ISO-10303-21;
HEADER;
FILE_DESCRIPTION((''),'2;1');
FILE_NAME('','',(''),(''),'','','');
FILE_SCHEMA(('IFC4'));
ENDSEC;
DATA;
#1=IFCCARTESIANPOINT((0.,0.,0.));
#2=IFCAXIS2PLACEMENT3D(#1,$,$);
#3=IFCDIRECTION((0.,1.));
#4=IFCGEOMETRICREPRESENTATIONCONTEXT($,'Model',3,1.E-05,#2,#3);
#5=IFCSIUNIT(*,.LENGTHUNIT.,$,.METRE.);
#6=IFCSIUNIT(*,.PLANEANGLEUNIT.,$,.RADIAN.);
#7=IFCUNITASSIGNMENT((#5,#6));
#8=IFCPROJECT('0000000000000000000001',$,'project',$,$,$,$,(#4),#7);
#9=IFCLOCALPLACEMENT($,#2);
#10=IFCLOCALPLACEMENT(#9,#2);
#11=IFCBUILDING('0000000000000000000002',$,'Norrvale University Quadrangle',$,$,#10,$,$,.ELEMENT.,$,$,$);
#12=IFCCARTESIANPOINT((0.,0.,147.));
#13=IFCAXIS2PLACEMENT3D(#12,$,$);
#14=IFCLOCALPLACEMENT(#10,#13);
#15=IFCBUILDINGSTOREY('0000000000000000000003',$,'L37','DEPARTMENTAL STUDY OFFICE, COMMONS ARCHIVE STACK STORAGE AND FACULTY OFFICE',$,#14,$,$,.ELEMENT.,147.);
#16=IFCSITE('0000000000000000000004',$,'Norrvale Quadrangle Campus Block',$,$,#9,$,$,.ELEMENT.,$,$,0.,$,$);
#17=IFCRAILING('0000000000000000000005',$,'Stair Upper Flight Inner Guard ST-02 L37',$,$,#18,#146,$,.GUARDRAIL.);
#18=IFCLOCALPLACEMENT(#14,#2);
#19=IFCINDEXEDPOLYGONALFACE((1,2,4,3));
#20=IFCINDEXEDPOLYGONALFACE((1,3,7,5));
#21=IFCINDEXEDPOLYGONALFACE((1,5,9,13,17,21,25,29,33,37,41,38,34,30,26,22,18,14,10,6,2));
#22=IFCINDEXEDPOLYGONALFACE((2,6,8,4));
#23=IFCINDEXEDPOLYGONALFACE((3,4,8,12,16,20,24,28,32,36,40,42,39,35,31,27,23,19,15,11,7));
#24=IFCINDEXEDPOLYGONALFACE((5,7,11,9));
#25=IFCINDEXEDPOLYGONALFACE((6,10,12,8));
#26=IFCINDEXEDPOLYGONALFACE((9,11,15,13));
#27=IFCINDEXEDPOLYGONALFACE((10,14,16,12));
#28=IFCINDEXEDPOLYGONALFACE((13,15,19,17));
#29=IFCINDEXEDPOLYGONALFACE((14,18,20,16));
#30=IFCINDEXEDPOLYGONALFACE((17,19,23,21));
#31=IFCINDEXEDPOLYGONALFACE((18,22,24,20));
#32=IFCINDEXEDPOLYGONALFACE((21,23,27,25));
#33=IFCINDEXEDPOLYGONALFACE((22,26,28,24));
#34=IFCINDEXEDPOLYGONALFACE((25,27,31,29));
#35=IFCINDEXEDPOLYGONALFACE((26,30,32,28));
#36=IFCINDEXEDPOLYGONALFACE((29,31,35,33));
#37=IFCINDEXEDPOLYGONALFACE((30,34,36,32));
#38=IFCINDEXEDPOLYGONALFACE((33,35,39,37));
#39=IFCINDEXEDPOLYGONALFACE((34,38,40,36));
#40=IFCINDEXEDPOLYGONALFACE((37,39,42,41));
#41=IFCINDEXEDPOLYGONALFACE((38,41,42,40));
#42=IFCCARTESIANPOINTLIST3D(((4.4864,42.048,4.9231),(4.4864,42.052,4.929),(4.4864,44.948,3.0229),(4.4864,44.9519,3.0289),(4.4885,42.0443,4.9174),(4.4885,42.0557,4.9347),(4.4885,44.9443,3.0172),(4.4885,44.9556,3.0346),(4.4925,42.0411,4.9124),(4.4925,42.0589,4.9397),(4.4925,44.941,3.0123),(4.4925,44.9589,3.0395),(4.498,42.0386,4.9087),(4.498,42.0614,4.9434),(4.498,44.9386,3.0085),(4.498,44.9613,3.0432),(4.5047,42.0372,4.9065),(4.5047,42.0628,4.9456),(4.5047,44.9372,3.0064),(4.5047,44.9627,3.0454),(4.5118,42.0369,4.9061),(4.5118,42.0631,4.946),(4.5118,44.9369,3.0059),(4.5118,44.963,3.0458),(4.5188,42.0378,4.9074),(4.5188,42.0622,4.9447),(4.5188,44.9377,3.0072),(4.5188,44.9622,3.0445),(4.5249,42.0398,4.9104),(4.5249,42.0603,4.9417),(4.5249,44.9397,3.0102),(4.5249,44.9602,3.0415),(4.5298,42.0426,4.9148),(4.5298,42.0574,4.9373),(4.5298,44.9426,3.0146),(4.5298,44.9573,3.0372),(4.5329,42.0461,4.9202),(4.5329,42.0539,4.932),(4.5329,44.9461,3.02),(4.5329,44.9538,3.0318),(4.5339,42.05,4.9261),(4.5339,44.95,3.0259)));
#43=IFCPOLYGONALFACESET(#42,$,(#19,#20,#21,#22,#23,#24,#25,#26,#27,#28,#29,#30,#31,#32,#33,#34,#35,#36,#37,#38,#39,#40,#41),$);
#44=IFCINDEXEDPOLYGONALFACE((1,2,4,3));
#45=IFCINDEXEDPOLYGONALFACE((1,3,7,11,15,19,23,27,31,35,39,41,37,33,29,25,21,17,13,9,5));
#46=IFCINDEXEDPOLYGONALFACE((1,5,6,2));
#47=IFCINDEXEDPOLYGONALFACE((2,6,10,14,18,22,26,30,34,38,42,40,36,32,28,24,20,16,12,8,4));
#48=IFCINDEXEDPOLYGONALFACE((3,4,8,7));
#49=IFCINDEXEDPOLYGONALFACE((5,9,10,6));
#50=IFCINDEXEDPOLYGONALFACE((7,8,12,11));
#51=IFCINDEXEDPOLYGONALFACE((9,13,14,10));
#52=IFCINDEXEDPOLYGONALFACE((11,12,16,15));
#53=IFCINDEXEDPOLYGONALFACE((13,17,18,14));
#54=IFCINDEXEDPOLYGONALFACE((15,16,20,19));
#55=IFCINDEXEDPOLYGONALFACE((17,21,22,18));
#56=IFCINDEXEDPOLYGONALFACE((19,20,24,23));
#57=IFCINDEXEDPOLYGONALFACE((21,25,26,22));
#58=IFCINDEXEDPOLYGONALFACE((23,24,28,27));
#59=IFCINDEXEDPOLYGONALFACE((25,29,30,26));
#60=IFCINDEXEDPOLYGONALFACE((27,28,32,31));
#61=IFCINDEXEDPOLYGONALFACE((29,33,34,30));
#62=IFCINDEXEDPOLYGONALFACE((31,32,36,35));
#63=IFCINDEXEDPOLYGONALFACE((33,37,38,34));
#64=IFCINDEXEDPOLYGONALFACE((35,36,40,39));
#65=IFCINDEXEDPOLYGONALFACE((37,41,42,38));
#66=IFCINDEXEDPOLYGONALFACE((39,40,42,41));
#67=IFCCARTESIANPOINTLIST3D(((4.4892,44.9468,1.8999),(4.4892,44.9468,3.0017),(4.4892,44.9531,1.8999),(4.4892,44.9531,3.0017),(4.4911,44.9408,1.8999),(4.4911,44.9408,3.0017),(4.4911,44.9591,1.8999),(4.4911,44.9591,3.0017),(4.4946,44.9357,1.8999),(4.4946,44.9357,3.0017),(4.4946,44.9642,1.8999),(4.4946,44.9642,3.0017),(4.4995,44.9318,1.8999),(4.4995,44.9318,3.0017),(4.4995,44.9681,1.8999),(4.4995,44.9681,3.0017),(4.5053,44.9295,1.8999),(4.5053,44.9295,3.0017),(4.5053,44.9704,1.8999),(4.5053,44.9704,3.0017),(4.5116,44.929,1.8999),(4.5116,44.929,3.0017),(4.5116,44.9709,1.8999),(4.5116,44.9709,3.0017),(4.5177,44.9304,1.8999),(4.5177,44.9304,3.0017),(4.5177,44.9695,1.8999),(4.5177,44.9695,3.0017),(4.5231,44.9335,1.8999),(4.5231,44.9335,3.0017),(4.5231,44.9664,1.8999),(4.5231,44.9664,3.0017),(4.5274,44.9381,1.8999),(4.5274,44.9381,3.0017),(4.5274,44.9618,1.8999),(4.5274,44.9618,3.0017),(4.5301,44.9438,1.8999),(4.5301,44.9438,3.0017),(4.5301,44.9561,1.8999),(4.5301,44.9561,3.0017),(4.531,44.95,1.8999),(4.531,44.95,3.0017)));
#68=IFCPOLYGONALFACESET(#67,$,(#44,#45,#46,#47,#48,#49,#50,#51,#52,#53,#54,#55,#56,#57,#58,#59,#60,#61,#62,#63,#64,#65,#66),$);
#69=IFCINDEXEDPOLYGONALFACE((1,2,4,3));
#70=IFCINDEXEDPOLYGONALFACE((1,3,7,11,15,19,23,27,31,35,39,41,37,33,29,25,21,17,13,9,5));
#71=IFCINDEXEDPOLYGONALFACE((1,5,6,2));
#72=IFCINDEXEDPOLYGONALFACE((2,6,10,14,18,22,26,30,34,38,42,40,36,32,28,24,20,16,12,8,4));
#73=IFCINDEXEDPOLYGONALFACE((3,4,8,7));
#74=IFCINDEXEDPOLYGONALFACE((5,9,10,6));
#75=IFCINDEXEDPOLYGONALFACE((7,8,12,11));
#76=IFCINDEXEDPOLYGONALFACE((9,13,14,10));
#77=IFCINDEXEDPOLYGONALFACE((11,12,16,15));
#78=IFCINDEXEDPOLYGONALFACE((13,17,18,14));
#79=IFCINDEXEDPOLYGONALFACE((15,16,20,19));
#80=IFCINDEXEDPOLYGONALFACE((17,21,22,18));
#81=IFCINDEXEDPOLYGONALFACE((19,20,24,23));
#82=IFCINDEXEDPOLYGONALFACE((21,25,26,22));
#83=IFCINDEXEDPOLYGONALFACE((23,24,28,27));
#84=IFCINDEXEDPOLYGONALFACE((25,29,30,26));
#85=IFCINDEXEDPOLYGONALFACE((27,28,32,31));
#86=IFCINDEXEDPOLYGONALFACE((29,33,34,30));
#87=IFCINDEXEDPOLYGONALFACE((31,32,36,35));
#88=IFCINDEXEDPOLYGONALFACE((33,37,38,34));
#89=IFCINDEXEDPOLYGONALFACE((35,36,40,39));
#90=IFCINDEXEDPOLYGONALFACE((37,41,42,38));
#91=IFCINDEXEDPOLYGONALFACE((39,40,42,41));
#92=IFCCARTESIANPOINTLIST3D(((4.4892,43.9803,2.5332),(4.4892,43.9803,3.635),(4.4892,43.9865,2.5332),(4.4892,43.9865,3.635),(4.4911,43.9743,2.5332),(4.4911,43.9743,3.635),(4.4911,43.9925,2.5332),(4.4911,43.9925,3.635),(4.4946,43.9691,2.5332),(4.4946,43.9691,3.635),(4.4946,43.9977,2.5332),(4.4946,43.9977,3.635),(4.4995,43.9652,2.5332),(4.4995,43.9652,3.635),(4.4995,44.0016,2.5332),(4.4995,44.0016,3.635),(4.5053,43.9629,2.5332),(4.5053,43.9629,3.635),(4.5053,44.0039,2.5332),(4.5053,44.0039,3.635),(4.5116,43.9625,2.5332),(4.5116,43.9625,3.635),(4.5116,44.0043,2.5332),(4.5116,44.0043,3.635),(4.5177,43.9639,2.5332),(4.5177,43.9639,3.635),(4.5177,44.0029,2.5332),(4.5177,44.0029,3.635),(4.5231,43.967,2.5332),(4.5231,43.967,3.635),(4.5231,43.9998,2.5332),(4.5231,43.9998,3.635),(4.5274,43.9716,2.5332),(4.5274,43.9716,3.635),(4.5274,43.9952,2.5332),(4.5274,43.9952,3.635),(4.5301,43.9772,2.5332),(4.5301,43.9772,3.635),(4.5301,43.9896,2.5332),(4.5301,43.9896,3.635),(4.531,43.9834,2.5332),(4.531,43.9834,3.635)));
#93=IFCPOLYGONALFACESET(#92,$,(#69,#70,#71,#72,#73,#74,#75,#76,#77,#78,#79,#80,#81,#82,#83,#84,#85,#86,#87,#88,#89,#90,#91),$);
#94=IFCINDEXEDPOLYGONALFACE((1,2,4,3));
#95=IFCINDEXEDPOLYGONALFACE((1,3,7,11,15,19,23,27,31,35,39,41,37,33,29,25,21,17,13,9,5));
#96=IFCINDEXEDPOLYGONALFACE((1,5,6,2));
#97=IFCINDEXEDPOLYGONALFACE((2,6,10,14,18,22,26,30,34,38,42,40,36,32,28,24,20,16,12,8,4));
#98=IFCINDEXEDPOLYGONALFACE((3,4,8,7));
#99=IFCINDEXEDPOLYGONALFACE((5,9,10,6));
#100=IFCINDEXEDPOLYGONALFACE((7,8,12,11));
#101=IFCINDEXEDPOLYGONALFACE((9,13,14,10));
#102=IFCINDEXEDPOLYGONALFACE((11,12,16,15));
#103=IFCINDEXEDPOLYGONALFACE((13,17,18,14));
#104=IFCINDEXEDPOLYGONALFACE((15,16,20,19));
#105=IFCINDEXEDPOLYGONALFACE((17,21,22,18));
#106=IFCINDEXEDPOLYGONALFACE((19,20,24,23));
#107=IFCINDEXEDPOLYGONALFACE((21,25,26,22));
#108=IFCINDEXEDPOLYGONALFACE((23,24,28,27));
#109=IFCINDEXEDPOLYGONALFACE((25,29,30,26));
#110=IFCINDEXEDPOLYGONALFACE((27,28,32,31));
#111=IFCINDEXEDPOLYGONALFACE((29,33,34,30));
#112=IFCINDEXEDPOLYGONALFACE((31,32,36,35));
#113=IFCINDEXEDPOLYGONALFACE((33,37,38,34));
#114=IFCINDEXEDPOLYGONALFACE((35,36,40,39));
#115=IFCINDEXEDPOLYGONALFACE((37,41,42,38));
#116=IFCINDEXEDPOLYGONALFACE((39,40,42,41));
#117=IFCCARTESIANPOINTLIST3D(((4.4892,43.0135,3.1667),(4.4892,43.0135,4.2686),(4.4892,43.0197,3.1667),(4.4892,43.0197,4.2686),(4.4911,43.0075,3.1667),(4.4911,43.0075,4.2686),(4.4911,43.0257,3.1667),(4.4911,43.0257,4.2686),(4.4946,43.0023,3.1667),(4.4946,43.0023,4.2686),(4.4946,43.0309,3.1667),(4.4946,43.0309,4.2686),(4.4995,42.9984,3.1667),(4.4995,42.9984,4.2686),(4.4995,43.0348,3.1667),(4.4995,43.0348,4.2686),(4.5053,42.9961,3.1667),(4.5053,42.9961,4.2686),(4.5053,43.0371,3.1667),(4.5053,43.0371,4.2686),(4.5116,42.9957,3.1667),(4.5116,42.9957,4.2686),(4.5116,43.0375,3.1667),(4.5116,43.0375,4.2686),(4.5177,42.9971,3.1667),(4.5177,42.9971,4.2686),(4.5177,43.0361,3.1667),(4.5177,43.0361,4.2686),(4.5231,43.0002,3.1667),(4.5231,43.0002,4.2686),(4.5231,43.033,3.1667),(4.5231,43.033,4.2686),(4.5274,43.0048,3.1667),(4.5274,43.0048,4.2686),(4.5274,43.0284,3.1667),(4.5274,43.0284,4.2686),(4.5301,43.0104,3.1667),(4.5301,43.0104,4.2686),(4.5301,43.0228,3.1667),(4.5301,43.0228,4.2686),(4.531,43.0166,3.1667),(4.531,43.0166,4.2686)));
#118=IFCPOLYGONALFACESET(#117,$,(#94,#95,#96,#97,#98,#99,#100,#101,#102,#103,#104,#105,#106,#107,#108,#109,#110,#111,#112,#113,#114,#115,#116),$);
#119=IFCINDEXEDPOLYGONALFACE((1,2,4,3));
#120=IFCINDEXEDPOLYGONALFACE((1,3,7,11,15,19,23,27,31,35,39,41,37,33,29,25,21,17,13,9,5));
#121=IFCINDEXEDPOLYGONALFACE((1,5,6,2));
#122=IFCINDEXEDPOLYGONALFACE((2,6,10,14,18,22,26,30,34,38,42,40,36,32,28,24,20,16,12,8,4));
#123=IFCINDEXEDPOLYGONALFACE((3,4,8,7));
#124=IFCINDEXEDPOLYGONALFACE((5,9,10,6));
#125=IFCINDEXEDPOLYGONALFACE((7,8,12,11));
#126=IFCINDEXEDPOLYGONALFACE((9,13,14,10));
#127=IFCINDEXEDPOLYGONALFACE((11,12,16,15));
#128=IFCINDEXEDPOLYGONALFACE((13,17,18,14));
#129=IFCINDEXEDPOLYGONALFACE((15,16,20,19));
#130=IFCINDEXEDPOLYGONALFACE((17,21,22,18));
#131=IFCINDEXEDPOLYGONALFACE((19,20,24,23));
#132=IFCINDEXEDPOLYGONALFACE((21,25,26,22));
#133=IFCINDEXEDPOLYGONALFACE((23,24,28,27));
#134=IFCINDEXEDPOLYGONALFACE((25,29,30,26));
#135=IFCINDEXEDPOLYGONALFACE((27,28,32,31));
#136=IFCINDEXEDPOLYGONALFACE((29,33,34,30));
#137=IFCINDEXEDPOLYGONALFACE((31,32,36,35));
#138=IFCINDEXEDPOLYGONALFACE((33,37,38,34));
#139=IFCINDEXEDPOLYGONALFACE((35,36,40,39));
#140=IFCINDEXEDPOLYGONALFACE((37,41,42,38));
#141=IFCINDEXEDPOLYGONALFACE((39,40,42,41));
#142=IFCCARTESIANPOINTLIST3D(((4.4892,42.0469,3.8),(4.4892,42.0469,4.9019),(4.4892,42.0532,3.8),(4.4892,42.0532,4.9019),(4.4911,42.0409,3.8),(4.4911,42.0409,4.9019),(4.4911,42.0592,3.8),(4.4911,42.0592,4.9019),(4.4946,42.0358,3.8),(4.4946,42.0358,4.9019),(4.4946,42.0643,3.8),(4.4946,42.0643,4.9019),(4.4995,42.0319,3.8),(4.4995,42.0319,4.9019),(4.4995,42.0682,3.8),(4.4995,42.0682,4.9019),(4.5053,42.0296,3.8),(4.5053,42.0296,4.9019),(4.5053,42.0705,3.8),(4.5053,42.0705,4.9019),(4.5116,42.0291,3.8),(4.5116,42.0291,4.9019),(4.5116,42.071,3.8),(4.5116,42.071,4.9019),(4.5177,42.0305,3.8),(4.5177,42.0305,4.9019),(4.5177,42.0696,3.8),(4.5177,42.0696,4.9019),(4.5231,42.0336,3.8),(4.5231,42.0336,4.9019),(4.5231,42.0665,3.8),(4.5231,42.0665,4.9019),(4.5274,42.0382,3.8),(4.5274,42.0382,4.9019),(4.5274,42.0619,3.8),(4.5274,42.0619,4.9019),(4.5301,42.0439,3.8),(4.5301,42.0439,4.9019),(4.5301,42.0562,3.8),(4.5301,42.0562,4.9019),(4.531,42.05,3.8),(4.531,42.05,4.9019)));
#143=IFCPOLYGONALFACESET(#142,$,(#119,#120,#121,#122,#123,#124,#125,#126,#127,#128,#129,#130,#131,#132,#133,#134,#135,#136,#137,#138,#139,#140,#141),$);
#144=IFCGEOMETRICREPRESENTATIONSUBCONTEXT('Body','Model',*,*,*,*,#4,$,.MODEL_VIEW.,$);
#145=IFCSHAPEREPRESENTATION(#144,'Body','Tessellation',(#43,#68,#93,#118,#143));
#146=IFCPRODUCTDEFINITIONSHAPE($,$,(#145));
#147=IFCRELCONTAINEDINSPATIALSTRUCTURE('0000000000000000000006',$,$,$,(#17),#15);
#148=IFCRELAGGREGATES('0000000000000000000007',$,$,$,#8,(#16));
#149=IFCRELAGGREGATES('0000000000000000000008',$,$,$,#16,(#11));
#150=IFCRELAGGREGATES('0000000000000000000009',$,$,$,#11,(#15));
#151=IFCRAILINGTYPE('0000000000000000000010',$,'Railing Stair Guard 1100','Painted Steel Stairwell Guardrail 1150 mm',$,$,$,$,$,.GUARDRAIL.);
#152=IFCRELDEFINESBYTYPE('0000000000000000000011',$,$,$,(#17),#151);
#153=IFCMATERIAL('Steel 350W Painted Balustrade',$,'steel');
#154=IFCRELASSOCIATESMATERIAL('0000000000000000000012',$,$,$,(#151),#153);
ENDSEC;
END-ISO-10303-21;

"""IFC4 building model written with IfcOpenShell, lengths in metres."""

from ifc_helpers import new_model, si_unit, direction, frame, origin, origin_2d, place, context, subcontext, project, spatial, circle, extrude, material, type_object, element, save


model = new_model("IFC4")

# Units and contexts
model_context = context("Model", 3, precision=1e-05, world=origin(), true_north=direction((0.0, 1.0)))
body_context = subcontext(model_context, "Body", "Model", "MODEL_VIEW")
ifc_project = project(units=[si_unit("LENGTHUNIT", "METRE"), si_unit("PLANEANGLEUNIT", "RADIAN")], contexts=[model_context])

# Site, building, storey
site_placement = place(None, origin())
site = spatial("IfcSite", under=ifc_project, at=site_placement, Name="Norrvale Quadrangle Campus Block", CompositionType="ELEMENT", RefElevation=0.0)
building_placement = place(site_placement, origin())
building = spatial("IfcBuilding", under=site, at=building_placement, Name="Norrvale University Quadrangle", CompositionType="ELEMENT")
storey_placement = place(building_placement, frame((0.0, 0.0, 147.0)))
storey = spatial("IfcBuildingStorey", under=building, at=storey_placement, Name="L37", Description="DEPARTMENTAL STUDY OFFICE, COMMONS ARCHIVE STACK STORAGE AND FACULTY OFFICE", CompositionType="ELEMENT", Elevation=147.0)

# Railing
ifc_material_1 = material(Name="Steel 350W Painted Balustrade", Category="steel")
railing_type_1 = type_object("IfcRailingType", Name="Railing Stair Guard 1100", Description="Painted Steel Stairwell Guardrail 1150 mm", PredefinedType="GUARDRAIL", material=ifc_material_1)
railing_1_placement = place(storey_placement, frame((4.51, 44.95, 1.8999)))
element("IfcRailing", 1, at=railing_1_placement, inside=storey, type_object=railing_type_1, Name="Stair Upper Flight Inner Guard ST-02 L37", PredefinedType="GUARDRAIL", context=body_context, shape_type="SweptSolid", body=[
    extrude(circle(Radius=0.0239, at=origin_2d()), frame((0.0, 0.0, 1.126), z_axis=(0.0, -0.836433, 0.548069), x_axis=(1.0, 0.0, 0.0)), (0.0, 0.0, 1.0), 3.467),
    extrude(circle(Radius=0.021, at=origin_2d()), origin(), (0.0, 0.0, 1.0), 1.1018),
    extrude(circle(Radius=0.021, at=origin_2d()), frame((0.0, -0.9666, 0.6333)), (0.0, 0.0, 1.0), 1.1018),
    extrude(circle(Radius=0.021, at=origin_2d()), frame((0.0, -1.9333, 1.2668)), (0.0, 0.0, 1.0), 1.1018),
    extrude(circle(Radius=0.021, at=origin_2d()), frame((0.0, -2.8999, 1.9001)), (0.0, 0.0, 1.0), 1.1018),
])

save(model, "model.ifc")
